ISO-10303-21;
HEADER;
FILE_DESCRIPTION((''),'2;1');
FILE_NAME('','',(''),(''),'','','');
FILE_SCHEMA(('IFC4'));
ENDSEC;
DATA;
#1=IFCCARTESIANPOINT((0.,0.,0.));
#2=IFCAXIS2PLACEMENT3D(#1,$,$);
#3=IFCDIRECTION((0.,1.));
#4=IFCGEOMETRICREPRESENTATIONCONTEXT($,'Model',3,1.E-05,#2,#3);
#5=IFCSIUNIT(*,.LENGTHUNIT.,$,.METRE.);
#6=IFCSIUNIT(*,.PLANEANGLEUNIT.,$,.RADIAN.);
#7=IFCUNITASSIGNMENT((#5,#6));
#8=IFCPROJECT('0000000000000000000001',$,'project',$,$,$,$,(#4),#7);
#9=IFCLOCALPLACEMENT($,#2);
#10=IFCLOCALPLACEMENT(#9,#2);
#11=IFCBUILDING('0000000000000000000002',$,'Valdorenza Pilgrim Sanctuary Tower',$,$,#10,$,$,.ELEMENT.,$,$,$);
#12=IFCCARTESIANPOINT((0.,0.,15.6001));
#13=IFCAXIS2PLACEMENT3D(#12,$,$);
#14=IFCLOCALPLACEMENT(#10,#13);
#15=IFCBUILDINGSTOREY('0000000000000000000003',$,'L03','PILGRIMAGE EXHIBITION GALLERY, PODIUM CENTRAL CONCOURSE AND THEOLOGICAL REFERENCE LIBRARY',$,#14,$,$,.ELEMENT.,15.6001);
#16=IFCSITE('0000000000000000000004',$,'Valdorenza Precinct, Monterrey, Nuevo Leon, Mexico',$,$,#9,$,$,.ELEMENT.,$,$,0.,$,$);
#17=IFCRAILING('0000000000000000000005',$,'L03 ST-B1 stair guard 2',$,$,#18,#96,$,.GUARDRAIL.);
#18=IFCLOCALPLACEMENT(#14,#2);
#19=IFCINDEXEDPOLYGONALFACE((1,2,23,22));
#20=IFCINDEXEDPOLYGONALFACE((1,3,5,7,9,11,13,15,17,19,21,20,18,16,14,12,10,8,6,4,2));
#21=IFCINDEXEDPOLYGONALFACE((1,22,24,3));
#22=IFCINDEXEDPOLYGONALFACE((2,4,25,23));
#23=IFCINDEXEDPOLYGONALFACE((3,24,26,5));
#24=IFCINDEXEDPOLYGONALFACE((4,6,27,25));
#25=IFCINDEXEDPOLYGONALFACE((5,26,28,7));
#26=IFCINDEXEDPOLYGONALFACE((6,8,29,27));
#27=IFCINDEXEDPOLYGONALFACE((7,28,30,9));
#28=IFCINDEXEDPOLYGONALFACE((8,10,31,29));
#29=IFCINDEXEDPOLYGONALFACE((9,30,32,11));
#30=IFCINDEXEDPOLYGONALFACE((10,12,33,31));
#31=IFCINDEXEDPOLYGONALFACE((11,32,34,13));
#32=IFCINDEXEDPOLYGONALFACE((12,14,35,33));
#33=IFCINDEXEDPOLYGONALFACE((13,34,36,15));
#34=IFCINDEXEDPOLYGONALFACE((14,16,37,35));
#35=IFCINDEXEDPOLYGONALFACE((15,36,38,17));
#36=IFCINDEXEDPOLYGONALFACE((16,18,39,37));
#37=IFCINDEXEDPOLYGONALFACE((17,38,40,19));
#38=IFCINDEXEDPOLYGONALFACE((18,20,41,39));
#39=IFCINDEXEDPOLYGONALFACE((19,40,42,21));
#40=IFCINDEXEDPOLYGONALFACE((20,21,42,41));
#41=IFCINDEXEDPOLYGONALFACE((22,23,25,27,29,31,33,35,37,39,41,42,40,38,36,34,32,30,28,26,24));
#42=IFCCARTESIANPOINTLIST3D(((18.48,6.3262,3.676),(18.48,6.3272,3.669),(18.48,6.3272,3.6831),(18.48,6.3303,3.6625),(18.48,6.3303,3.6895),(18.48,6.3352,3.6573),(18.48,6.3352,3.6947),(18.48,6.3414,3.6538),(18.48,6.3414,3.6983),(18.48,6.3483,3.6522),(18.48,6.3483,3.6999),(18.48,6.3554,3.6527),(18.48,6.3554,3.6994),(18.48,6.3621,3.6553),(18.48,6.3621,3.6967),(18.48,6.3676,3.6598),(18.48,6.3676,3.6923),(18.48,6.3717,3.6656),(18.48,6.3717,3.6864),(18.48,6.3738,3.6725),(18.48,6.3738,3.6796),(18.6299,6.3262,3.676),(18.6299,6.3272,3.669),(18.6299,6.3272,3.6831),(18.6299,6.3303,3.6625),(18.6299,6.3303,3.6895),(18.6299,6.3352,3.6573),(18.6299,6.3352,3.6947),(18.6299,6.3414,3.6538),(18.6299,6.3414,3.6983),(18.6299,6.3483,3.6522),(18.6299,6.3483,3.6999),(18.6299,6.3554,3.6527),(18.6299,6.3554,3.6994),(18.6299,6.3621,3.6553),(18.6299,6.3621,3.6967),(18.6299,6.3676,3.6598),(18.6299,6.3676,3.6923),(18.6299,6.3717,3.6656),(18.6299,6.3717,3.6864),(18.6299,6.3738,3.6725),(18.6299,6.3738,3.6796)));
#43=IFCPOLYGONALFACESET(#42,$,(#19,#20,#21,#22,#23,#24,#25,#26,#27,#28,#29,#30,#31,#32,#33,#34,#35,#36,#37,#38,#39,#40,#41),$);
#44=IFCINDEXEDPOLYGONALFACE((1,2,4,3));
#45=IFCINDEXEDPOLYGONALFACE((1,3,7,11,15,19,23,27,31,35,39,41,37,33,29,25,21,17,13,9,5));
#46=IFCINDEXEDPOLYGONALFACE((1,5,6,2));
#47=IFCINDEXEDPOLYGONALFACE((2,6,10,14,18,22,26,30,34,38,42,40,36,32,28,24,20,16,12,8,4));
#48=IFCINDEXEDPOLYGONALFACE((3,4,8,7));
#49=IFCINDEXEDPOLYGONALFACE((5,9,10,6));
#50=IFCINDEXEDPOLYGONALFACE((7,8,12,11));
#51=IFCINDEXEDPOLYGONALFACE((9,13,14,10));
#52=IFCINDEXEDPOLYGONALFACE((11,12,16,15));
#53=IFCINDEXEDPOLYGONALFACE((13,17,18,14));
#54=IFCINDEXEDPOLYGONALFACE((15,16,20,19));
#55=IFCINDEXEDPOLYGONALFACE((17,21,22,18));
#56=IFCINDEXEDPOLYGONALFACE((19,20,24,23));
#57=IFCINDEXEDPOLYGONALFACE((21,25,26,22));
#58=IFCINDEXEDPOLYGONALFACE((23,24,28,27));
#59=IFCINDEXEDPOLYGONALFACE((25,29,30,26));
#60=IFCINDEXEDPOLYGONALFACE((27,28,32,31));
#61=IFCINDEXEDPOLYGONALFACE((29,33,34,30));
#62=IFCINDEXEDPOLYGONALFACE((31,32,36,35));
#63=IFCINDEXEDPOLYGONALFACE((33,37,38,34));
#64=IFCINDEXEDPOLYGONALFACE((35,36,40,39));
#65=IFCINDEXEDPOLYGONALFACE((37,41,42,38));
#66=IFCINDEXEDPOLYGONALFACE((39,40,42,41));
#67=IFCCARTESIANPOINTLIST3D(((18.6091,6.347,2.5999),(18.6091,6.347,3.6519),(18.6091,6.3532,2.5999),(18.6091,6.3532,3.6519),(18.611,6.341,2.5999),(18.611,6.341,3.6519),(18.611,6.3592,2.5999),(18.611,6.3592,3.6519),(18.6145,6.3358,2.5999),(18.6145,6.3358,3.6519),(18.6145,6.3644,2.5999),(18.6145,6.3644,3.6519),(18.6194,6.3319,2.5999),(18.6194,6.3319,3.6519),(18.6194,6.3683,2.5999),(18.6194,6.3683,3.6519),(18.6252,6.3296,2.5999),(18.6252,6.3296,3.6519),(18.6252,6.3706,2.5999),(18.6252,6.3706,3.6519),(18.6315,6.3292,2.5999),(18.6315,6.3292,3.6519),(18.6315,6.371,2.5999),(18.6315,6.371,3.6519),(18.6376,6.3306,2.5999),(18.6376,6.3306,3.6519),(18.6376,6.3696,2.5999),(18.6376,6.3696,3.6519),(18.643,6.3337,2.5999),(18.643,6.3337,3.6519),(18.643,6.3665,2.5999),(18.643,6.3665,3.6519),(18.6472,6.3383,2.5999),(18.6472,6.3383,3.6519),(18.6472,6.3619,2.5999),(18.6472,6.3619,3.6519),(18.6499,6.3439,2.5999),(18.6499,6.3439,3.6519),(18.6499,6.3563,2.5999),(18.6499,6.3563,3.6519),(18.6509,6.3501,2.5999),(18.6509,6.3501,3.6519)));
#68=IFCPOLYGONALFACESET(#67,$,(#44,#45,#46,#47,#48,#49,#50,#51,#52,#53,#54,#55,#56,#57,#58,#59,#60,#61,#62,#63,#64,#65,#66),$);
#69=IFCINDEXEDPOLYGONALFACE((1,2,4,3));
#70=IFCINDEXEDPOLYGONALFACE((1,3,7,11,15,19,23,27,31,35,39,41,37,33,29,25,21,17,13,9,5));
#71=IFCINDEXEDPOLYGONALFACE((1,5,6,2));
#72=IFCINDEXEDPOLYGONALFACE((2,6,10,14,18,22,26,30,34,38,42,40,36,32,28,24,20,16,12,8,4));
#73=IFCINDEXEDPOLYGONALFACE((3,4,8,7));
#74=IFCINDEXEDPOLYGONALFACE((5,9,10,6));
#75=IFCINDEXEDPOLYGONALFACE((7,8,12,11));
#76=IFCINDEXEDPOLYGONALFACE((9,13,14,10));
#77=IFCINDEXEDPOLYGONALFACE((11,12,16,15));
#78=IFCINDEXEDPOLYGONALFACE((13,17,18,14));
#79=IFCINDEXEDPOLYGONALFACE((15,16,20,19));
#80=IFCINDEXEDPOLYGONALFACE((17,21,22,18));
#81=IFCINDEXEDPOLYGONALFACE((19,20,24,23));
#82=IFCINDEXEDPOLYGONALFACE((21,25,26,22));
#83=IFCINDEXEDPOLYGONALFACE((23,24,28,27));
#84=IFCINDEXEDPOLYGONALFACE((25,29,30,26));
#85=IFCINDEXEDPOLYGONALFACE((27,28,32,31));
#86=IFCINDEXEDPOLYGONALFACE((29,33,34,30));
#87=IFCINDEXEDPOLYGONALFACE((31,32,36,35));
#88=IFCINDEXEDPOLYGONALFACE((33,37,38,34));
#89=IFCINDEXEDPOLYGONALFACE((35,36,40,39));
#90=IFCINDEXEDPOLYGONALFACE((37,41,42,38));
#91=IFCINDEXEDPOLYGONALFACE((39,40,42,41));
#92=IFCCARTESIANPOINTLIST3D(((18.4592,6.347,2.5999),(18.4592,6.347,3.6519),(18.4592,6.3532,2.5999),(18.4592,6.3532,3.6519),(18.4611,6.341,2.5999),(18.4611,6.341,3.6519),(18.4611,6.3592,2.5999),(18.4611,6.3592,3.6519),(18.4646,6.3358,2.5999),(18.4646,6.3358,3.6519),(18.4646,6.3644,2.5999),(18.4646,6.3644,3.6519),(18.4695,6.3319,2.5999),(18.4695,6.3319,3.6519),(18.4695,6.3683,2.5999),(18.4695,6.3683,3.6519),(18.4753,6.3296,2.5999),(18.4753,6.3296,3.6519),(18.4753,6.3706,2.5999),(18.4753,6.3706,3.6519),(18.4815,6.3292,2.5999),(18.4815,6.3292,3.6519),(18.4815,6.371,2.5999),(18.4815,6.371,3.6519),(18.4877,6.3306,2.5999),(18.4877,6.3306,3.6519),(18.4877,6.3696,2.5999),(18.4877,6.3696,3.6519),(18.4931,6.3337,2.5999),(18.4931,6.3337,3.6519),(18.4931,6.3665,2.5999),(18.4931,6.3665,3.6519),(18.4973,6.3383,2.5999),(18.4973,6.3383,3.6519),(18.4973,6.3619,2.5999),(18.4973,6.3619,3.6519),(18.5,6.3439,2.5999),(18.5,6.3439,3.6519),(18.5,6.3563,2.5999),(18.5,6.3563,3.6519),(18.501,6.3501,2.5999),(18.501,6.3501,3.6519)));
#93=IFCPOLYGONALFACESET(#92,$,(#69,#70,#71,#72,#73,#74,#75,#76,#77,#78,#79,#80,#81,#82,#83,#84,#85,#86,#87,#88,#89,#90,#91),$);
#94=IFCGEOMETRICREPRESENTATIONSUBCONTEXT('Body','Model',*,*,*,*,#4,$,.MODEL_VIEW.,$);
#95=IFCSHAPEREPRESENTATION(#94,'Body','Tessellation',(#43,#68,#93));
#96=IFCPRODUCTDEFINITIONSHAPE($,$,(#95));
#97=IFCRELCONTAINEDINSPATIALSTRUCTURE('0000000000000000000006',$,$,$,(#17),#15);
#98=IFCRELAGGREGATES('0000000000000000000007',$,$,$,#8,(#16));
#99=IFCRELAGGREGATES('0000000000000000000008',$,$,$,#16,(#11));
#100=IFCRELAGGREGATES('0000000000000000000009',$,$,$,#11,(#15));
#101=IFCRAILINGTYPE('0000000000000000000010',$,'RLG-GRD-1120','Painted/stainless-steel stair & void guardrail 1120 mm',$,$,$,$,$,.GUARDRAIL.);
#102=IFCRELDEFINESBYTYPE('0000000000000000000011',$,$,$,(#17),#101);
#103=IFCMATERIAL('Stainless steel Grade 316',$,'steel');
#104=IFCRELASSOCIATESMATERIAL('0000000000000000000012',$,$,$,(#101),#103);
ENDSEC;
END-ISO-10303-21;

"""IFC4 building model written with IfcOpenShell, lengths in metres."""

from ifc_helpers import new_model, si_unit, direction, frame, origin, origin_2d, place, context, subcontext, project, spatial, circle, extrude, material, type_object, element, save


model = new_model("IFC4")

# Units and contexts
model_context = context("Model", 3, precision=1e-05, world=origin(), true_north=direction((0.0, 1.0)))
body_context = subcontext(model_context, "Body", "Model", "MODEL_VIEW")
ifc_project = project(units=[si_unit("LENGTHUNIT", "METRE"), si_unit("PLANEANGLEUNIT", "RADIAN")], contexts=[model_context])

# Site, building, storey
site_placement = place(None, origin())
site = spatial("IfcSite", under=ifc_project, at=site_placement, Name="Valdorenza Precinct, Monterrey, Nuevo Leon, Mexico", CompositionType="ELEMENT", RefElevation=0.0)
building_placement = place(site_placement, origin())
building = spatial("IfcBuilding", under=site, at=building_placement, Name="Valdorenza Pilgrim Sanctuary Tower", CompositionType="ELEMENT")
storey_placement = place(building_placement, frame((0.0, 0.0, 15.6001)))
storey = spatial("IfcBuildingStorey", under=building, at=storey_placement, Name="L03", Description="PILGRIMAGE EXHIBITION GALLERY, PODIUM CENTRAL CONCOURSE AND THEOLOGICAL REFERENCE LIBRARY", CompositionType="ELEMENT", Elevation=15.6001)

# Railing
ifc_material_1 = material(Name="Stainless steel Grade 316", Category="steel")
railing_type_1 = type_object("IfcRailingType", Name="RLG-GRD-1120", Description="Painted/stainless-steel stair & void guardrail 1120 mm", PredefinedType="GUARDRAIL", material=ifc_material_1)
railing_1_placement = place(storey_placement, frame((18.6299, 6.3501, 2.5999)))
element("IfcRailing", 1, at=railing_1_placement, inside=storey, type_object=railing_type_1, Name="L03 ST-B1 stair guard 2", PredefinedType="GUARDRAIL", context=body_context, shape_type="SweptSolid", body=[
    extrude(circle(Radius=0.0239, at=origin_2d()), frame((0.0, 0.0, 1.0762), z_axis=(-1.0, 0.0, 0.0), x_axis=(0.0, -1.0, 0.0)), (0.0, 0.0, 1.0), 0.1499),
    extrude(circle(Radius=0.021, at=origin_2d()), origin(), (0.0, 0.0, 1.0), 1.052),
    extrude(circle(Radius=0.021, at=origin_2d()), frame((-0.1499, 0.0, 0.0)), (0.0, 0.0, 1.0), 1.052),
])

save(model, "model.ifc")
